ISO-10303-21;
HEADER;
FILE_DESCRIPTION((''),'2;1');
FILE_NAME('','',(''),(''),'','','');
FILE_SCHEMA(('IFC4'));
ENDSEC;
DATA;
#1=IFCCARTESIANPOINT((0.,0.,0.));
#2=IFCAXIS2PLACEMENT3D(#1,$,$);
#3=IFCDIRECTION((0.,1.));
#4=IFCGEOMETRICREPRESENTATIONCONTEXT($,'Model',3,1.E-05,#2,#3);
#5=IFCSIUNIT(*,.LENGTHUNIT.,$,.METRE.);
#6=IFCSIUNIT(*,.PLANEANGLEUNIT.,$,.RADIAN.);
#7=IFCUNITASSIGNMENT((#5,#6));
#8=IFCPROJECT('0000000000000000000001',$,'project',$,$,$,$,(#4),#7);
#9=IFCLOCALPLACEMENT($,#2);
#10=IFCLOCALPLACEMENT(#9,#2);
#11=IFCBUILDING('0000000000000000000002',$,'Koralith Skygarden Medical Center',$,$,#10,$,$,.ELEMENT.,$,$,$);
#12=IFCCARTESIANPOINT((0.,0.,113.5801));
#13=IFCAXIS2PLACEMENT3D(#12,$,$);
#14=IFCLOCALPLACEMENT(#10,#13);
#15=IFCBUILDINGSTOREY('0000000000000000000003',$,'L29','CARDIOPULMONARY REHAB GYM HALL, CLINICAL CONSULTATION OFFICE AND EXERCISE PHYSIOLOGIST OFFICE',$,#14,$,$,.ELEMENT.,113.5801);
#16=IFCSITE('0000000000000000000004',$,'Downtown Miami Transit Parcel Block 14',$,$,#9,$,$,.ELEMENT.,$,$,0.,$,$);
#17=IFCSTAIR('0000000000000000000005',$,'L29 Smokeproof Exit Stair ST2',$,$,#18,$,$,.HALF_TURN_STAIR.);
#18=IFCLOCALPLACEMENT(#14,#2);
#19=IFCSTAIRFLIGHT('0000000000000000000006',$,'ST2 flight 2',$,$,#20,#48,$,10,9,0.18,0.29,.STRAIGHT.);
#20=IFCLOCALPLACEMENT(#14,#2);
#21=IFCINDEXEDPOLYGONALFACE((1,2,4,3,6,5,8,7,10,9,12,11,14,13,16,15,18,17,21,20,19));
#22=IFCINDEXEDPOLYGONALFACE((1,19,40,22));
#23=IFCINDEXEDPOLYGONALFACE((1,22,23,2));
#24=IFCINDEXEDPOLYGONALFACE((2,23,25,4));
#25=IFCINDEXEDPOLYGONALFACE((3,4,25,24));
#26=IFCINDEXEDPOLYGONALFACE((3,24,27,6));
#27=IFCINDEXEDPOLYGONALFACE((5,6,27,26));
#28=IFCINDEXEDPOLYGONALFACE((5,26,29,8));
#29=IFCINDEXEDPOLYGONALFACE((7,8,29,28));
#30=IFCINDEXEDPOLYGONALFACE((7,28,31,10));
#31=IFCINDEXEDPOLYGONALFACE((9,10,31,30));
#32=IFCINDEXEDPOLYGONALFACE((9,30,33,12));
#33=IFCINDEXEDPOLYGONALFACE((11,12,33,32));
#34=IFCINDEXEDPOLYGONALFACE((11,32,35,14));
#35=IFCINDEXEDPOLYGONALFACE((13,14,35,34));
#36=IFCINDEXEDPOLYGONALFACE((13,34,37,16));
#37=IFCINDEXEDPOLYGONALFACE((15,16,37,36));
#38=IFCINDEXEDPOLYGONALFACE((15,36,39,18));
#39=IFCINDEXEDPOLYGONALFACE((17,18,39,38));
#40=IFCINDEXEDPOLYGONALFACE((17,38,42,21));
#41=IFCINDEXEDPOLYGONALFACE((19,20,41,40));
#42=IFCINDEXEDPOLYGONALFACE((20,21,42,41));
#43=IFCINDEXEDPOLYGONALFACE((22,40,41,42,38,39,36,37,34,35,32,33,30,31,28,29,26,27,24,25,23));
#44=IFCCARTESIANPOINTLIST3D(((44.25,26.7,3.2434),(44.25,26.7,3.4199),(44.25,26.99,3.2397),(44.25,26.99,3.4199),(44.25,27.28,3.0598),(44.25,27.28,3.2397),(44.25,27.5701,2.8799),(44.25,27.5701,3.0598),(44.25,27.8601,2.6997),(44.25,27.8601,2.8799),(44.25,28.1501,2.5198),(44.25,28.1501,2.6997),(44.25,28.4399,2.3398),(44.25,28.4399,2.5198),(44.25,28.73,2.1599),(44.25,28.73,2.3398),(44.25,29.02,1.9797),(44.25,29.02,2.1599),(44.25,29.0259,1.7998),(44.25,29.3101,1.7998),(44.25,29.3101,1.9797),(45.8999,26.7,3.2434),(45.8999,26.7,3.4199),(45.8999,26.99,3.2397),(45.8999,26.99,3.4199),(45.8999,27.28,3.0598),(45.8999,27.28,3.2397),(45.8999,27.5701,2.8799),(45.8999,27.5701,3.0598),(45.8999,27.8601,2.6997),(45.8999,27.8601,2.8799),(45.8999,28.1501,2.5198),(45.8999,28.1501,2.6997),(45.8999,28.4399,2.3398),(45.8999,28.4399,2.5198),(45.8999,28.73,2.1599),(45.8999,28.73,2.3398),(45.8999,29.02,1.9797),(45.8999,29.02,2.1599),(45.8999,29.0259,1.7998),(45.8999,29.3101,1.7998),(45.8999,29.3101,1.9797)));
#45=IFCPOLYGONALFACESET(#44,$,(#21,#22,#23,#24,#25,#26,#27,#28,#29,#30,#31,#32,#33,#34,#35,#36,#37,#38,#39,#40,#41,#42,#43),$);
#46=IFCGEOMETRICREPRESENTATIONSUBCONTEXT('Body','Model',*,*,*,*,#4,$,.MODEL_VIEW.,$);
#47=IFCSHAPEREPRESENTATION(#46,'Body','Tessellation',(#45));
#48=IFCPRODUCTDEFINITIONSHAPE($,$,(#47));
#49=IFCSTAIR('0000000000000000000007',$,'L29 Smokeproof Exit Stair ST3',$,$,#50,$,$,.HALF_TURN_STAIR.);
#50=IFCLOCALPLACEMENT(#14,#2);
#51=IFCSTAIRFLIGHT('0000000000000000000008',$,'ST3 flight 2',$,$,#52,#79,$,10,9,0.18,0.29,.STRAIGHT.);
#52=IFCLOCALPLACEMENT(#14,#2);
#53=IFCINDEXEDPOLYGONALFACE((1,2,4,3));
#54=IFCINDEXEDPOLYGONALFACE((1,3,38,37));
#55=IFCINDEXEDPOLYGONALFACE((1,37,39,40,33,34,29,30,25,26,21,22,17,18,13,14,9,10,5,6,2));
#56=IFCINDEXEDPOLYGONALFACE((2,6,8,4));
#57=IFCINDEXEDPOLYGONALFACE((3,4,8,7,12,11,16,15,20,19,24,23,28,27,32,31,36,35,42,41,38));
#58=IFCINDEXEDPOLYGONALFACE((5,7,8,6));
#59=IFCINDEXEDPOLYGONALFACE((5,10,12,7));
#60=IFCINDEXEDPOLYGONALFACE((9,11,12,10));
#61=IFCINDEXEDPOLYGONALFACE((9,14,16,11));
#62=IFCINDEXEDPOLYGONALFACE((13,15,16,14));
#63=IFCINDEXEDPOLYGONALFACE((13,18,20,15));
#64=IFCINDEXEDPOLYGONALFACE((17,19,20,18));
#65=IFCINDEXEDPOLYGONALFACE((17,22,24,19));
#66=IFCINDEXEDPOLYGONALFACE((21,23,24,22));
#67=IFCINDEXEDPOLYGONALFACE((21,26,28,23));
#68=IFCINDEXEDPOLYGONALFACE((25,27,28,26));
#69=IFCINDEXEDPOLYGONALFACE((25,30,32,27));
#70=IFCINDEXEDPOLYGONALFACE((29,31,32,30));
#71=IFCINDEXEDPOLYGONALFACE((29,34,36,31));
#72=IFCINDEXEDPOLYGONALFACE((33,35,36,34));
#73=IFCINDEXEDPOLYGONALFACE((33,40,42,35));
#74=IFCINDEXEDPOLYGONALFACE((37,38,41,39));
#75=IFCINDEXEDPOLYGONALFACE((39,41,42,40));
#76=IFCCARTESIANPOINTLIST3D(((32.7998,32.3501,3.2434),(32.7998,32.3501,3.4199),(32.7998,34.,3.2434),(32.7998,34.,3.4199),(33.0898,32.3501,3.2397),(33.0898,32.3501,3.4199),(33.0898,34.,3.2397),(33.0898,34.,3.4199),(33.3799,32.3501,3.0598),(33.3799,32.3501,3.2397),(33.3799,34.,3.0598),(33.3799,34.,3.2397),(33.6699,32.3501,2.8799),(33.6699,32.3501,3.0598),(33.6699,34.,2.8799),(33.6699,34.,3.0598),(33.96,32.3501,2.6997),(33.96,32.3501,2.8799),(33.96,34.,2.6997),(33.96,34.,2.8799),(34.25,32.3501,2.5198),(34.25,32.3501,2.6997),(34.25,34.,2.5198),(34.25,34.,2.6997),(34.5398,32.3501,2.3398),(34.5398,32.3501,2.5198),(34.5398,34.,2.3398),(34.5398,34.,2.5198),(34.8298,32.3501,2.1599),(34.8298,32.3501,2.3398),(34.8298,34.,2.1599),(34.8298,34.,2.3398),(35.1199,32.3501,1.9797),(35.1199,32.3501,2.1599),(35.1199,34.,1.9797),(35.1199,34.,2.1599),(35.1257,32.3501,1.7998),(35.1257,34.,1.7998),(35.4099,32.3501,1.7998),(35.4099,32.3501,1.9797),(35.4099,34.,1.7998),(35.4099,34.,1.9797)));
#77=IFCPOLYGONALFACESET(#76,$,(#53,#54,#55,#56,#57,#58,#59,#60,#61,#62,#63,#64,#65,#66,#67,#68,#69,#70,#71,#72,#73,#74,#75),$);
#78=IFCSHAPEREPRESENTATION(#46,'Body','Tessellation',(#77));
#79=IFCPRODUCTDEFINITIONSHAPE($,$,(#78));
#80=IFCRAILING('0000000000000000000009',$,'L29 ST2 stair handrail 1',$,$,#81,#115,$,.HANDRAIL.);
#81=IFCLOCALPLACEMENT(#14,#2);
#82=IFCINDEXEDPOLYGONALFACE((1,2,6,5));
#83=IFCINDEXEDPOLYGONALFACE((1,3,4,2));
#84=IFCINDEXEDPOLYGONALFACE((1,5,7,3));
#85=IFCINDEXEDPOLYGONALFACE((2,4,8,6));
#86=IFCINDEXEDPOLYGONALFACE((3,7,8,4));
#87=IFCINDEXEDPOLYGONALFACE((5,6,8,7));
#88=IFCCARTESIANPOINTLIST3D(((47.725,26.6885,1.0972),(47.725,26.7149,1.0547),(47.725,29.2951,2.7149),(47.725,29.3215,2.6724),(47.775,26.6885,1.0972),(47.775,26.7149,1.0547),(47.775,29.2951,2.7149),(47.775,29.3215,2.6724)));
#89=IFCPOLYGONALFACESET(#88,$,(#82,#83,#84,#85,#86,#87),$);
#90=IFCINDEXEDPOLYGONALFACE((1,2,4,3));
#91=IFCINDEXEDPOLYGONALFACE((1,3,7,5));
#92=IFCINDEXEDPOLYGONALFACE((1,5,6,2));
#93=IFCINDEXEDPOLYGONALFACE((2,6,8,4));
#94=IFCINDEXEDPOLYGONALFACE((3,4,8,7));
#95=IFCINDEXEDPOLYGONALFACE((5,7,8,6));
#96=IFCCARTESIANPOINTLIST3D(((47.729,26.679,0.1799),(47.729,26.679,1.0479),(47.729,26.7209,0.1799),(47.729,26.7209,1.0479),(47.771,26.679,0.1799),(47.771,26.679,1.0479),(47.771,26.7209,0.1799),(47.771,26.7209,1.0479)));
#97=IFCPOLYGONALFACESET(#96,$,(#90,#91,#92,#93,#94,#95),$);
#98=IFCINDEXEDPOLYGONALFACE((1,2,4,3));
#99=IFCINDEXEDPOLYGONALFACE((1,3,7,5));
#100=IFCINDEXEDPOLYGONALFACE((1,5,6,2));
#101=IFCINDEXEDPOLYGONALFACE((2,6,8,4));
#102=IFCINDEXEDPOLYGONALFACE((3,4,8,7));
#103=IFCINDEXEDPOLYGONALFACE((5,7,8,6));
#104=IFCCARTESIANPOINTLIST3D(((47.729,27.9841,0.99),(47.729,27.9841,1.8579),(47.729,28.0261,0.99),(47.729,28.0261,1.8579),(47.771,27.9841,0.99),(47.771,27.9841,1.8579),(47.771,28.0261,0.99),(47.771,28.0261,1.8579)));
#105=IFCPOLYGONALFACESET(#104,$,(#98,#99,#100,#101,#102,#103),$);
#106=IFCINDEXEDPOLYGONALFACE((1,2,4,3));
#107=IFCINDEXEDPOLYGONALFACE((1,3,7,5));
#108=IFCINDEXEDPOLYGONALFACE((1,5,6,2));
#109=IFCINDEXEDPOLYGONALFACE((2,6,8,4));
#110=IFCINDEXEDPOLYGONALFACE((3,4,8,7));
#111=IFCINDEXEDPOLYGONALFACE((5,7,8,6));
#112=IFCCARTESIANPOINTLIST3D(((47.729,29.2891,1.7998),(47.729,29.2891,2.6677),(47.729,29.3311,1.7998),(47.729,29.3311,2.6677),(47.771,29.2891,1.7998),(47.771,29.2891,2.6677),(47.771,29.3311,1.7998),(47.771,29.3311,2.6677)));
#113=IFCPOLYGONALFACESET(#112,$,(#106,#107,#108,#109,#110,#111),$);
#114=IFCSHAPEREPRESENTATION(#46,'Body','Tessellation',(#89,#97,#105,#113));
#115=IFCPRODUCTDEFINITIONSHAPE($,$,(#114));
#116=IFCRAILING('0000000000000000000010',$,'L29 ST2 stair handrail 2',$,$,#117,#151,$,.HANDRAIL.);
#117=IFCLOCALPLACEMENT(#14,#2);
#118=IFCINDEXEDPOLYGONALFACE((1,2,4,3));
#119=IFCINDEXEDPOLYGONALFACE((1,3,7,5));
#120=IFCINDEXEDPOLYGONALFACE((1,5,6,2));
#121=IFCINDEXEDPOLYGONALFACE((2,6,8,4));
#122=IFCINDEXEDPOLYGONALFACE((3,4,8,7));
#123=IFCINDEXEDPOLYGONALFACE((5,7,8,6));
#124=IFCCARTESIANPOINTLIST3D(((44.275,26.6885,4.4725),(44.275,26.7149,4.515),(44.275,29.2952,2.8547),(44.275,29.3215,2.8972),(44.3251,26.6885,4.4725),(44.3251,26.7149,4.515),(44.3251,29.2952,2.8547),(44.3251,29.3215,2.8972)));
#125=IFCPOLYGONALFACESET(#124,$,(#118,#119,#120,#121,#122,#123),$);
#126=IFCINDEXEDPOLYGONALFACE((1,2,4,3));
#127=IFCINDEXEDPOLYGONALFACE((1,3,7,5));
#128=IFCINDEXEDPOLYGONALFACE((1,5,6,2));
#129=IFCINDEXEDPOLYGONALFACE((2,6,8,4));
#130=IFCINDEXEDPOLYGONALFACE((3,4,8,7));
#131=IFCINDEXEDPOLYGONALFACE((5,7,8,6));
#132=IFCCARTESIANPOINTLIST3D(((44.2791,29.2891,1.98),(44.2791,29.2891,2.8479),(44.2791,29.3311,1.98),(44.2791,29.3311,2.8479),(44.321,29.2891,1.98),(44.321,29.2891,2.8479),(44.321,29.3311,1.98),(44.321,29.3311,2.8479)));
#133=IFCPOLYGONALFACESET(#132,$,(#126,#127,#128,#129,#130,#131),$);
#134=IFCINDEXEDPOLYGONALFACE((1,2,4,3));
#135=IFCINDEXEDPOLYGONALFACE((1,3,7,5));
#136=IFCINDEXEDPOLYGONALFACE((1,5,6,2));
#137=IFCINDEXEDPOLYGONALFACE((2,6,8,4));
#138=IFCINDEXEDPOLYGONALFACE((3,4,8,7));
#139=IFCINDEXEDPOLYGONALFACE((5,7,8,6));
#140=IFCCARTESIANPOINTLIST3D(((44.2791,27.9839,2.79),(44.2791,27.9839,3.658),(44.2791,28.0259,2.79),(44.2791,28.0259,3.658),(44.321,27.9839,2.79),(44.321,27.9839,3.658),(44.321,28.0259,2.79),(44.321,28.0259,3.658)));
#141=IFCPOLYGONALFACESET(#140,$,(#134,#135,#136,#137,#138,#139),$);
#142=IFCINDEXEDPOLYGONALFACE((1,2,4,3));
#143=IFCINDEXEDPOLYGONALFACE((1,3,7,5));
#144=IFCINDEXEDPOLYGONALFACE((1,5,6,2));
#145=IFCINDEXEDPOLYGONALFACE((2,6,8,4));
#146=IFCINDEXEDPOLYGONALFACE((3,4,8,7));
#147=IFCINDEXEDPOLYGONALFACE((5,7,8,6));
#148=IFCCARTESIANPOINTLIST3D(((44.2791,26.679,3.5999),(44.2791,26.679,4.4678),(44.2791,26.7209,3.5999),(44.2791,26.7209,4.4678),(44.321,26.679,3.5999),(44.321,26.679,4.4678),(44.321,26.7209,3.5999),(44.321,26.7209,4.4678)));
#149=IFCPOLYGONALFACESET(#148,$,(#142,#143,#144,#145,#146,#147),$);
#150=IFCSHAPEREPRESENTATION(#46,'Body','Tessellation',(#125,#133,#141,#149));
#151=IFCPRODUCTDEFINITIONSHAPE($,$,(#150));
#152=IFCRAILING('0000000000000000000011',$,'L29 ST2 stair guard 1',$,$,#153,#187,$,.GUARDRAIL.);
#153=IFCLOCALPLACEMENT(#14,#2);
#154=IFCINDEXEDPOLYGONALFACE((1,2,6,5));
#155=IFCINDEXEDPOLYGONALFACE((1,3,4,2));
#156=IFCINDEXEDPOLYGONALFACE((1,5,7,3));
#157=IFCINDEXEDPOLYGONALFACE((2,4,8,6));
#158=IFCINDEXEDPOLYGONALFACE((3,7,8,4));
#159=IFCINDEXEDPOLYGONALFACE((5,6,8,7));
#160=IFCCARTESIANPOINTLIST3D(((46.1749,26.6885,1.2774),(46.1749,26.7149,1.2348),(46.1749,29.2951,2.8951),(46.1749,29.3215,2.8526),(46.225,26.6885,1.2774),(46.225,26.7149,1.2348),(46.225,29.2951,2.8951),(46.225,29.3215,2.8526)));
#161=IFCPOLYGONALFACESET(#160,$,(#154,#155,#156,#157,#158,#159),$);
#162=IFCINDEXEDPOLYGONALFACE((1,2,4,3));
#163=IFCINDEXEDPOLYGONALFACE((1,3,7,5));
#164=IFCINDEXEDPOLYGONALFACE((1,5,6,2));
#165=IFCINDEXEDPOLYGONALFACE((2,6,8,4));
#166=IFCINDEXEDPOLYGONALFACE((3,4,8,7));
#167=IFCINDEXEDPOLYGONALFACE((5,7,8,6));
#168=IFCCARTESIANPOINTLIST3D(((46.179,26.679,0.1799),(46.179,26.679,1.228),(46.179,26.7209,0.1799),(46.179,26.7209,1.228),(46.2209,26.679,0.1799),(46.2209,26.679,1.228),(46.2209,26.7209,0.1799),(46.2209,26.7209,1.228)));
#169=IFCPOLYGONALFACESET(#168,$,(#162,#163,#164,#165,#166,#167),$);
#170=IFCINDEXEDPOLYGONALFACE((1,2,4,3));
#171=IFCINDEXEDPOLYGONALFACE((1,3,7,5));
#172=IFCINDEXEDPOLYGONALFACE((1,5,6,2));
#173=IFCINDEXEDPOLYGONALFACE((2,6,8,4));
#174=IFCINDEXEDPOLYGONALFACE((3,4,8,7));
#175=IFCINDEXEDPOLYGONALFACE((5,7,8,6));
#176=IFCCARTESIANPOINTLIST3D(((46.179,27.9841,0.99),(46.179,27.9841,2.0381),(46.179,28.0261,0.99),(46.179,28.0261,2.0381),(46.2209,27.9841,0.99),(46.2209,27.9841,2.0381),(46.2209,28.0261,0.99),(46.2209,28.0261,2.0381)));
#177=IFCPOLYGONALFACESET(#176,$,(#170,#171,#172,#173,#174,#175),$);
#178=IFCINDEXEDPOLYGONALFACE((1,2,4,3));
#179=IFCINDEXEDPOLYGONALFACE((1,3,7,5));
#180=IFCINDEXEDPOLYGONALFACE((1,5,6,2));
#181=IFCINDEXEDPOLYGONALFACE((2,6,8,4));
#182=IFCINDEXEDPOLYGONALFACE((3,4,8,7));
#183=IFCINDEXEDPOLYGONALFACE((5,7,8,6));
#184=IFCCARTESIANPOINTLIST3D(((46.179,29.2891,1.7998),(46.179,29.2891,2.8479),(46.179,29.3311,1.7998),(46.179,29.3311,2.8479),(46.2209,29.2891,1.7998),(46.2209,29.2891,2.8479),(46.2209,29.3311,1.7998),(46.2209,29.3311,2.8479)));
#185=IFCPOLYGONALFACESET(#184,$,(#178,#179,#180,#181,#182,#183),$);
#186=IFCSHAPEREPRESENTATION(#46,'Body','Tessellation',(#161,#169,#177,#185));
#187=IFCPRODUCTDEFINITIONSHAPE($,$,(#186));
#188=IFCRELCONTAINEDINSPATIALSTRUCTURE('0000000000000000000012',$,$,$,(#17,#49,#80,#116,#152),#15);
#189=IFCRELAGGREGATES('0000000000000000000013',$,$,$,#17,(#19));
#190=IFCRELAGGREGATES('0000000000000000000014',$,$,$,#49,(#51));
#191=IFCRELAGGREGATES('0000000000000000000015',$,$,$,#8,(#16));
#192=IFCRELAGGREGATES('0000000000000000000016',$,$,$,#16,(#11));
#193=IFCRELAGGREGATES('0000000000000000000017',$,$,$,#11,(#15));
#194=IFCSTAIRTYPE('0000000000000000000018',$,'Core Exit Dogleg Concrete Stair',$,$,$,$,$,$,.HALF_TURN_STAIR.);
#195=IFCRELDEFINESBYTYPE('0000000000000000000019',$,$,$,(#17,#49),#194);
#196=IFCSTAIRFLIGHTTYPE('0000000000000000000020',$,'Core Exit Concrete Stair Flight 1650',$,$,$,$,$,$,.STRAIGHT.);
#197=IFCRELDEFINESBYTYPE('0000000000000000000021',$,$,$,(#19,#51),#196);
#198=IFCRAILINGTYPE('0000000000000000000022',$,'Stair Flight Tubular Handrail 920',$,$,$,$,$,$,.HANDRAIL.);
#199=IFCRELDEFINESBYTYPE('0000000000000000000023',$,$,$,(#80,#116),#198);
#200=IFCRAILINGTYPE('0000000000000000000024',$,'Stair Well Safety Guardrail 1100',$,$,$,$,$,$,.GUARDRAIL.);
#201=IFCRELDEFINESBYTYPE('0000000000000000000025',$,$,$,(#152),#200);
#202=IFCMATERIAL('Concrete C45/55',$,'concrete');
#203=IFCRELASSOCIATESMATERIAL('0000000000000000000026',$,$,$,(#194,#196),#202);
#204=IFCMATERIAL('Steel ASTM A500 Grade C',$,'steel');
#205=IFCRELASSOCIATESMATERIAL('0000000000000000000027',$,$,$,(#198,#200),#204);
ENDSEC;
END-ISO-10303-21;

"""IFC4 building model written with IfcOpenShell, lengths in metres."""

from ifc_helpers import new_model, si_unit, direction, frame, origin, origin_2d, place, context, subcontext, project, spatial, polyline, rectangle, outline, extrude, material, type_object, element, aggregate, save


model = new_model("IFC4")

# Units and contexts
model_context = context("Model", 3, precision=1e-05, world=origin(), true_north=direction((0.0, 1.0)))
body_context = subcontext(model_context, "Body", "Model", "MODEL_VIEW")
ifc_project = project(units=[si_unit("LENGTHUNIT", "METRE"), si_unit("PLANEANGLEUNIT", "RADIAN")], contexts=[model_context])

# Site, building, storey
site_placement = place(None, origin())
site = spatial("IfcSite", under=ifc_project, at=site_placement, Name="Downtown Miami Transit Parcel Block 14", CompositionType="ELEMENT", RefElevation=0.0)
building_placement = place(site_placement, origin())
building = spatial("IfcBuilding", under=site, at=building_placement, Name="Koralith Skygarden Medical Center", CompositionType="ELEMENT")
storey_placement = place(building_placement, frame((0.0, 0.0, 113.5801)))
storey = spatial("IfcBuildingStorey", under=building, at=storey_placement, Name="L29", Description="CARDIOPULMONARY REHAB GYM HALL, CLINICAL CONSULTATION OFFICE AND EXERCISE PHYSIOLOGIST OFFICE", CompositionType="ELEMENT", Elevation=113.5801)

# Shared definitions
ifc_material_1 = material(Name="Concrete C45/55", Category="concrete")

# Stair, stair flight
stair_type = type_object("IfcStairType", Name="Core Exit Dogleg Concrete Stair", PredefinedType="HALF_TURN_STAIR", material=ifc_material_1)
stair_1_placement = place(storey_placement, origin())
stair_1 = element("IfcStair", 1, at=stair_1_placement, inside=storey, type_object=stair_type, Name="L29 Smokeproof Exit Stair ST2", PredefinedType="HALF_TURN_STAIR")
stair_flight_type = type_object("IfcStairFlightType", Name="Core Exit Concrete Stair Flight 1650", PredefinedType="STRAIGHT", material=ifc_material_1)
stair_flight_1_placement = place(storey_placement, frame((45.075, 29.3101, 1.7998), z_axis=(0.0, 0.0, 1.0), x_axis=(0.0, -1.0, 0.0)))
stair_flight_1 = element("IfcStairFlight", 2, at=stair_flight_1_placement, type_object=stair_flight_type, Name="ST2 flight 2", NumberOfRisers=10, NumberOfTreads=9, PredefinedType="STRAIGHT", RiserHeight=0.18, TreadLength=0.29, context=body_context, shape_type="SweptSolid", body=[
    extrude(outline(polyline([(0.0, 0.0), (0.0, 0.1799), (0.29, 0.1799), (0.29, 0.3601), (0.5801, 0.3601), (0.5801, 0.54), (0.8701, 0.54), (0.8701, 0.72), (1.1599, 0.72), (1.1599, 0.8999), (1.45, 0.8999), (1.45, 1.0801), (1.74, 1.0801), (1.74, 1.26), (2.03, 1.26), (2.03, 1.4399), (2.3201, 1.4399), (2.3201, 1.6201), (2.6101, 1.6201), (2.6101, 1.8), (2.6101, 1.4436), (0.2842, 0.0), (0.0, 0.0)])), frame((0.0, 0.825, 0.0), z_axis=(0.0, -1.0, 0.0), x_axis=(1.0, 0.0, 0.0)), (0.0, 0.0, 1.0), 1.6499),
])
aggregate(stair_1, [stair_flight_1])

# Stair, stair flight
stair_2_placement = place(storey_placement, origin())
stair_2 = element("IfcStair", 3, at=stair_2_placement, inside=storey, type_object=stair_type, Name="L29 Smokeproof Exit Stair ST3", PredefinedType="HALF_TURN_STAIR")
stair_flight_2_placement = place(storey_placement, frame((35.4099, 33.175, 1.7998), z_axis=(0.0, 0.0, 1.0), x_axis=(-1.0, 0.0, 0.0)))
stair_flight_2 = element("IfcStairFlight", 4, at=stair_flight_2_placement, type_object=stair_flight_type, Name="ST3 flight 2", NumberOfRisers=10, NumberOfTreads=9, PredefinedType="STRAIGHT", RiserHeight=0.18, TreadLength=0.29, context=body_context, shape_type="SweptSolid", body=[
    extrude(outline(polyline([(0.0, 0.0), (0.0, 0.1799), (0.29, 0.1799), (0.29, 0.3601), (0.5801, 0.3601), (0.5801, 0.54), (0.8701, 0.54), (0.8701, 0.72), (1.1599, 0.72), (1.1599, 0.8999), (1.45, 0.8999), (1.45, 1.0801), (1.74, 1.0801), (1.74, 1.26), (2.03, 1.26), (2.03, 1.4399), (2.3201, 1.4399), (2.3201, 1.6201), (2.6101, 1.6201), (2.6101, 1.8), (2.6101, 1.4436), (0.2842, 0.0), (0.0, 0.0)])), frame((0.0, 0.825, 0.0), z_axis=(0.0, -1.0, 0.0), x_axis=(1.0, 0.0, 0.0)), (0.0, 0.0, 1.0), 1.6499),
])
aggregate(stair_2, [stair_flight_2])

# Railings
ifc_material_2 = material(Name="Steel ASTM A500 Grade C", Category="steel")
railing_type_1 = type_object("IfcRailingType", Name="Stair Flight Tubular Handrail 920", PredefinedType="HANDRAIL", material=ifc_material_2)
railing_1_placement = place(storey_placement, frame((47.75, 26.7, 0.1799)))
element("IfcRailing", 5, at=railing_1_placement, inside=storey, type_object=railing_type_1, Name="L29 ST2 stair handrail 1", PredefinedType="HANDRAIL", context=body_context, shape_type="SweptSolid", body=[
    extrude(rectangle(XDim=0.05, YDim=0.05, at=origin_2d()), frame((0.0, 0.0017, 0.896), z_axis=(0.0, 0.849668, 0.527317), x_axis=(-1.0, 0.0, 0.0)), (0.0, 0.0, 1.0), 3.0679),
    extrude(rectangle(XDim=0.042, YDim=0.042, at=origin_2d()), origin(), (0.0, 0.0, 1.0), 0.8679),
    extrude(rectangle(XDim=0.042, YDim=0.042, at=origin_2d()), frame((0.0, 1.3052, 0.8101)), (0.0, 0.0, 1.0), 0.8679),
    extrude(rectangle(XDim=0.042, YDim=0.042, at=origin_2d()), frame((0.0, 2.6101, 1.6199)), (0.0, 0.0, 1.0), 0.8679),
])
railing_2_placement = place(storey_placement, frame((44.3, 29.3101, 1.98)))
element("IfcRailing", 6, at=railing_2_placement, inside=storey, type_object=railing_type_1, Name="L29 ST2 stair handrail 2", PredefinedType="HANDRAIL", context=body_context, shape_type="SweptSolid", body=[
    extrude(rectangle(XDim=0.05, YDim=0.05, at=origin_2d()), frame((0.0, -0.0017, 0.896), z_axis=(0.0, -0.849668, 0.527317), x_axis=(1.0, 0.0, 0.0)), (0.0, 0.0, 1.0), 3.0679),
    extrude(rectangle(XDim=0.042, YDim=0.042, at=origin_2d()), origin(), (0.0, 0.0, 1.0), 0.8679),
    extrude(rectangle(XDim=0.042, YDim=0.042, at=origin_2d()), frame((0.0, -1.3052, 0.8101)), (0.0, 0.0, 1.0), 0.8679),
    extrude(rectangle(XDim=0.042, YDim=0.042, at=origin_2d()), frame((0.0, -2.6101, 1.6199)), (0.0, 0.0, 1.0), 0.8679),
])
railing_type_2 = type_object("IfcRailingType", Name="Stair Well Safety Guardrail 1100", PredefinedType="GUARDRAIL", material=ifc_material_2)
railing_3_placement = place(storey_placement, frame((46.2, 26.7, 0.1799)))
element("IfcRailing", 7, at=railing_3_placement, inside=storey, type_object=railing_type_2, Name="L29 ST2 stair guard 1", PredefinedType="GUARDRAIL", context=body_context, shape_type="SweptSolid", body=[
    extrude(rectangle(XDim=0.05, YDim=0.05, at=origin_2d()), frame((0.0, 0.0017, 1.0762), z_axis=(0.0, 0.849668, 0.527317), x_axis=(-1.0, 0.0, 0.0)), (0.0, 0.0, 1.0), 3.0679),
    extrude(rectangle(XDim=0.042, YDim=0.042, at=origin_2d()), origin(), (0.0, 0.0, 1.0), 1.0481),
    extrude(rectangle(XDim=0.042, YDim=0.042, at=origin_2d()), frame((0.0, 1.3052, 0.8101)), (0.0, 0.0, 1.0), 1.0481),
    extrude(rectangle(XDim=0.042, YDim=0.042, at=origin_2d()), frame((0.0, 2.6101, 1.6199)), (0.0, 0.0, 1.0), 1.0481),
])

save(model, "model.ifc")
